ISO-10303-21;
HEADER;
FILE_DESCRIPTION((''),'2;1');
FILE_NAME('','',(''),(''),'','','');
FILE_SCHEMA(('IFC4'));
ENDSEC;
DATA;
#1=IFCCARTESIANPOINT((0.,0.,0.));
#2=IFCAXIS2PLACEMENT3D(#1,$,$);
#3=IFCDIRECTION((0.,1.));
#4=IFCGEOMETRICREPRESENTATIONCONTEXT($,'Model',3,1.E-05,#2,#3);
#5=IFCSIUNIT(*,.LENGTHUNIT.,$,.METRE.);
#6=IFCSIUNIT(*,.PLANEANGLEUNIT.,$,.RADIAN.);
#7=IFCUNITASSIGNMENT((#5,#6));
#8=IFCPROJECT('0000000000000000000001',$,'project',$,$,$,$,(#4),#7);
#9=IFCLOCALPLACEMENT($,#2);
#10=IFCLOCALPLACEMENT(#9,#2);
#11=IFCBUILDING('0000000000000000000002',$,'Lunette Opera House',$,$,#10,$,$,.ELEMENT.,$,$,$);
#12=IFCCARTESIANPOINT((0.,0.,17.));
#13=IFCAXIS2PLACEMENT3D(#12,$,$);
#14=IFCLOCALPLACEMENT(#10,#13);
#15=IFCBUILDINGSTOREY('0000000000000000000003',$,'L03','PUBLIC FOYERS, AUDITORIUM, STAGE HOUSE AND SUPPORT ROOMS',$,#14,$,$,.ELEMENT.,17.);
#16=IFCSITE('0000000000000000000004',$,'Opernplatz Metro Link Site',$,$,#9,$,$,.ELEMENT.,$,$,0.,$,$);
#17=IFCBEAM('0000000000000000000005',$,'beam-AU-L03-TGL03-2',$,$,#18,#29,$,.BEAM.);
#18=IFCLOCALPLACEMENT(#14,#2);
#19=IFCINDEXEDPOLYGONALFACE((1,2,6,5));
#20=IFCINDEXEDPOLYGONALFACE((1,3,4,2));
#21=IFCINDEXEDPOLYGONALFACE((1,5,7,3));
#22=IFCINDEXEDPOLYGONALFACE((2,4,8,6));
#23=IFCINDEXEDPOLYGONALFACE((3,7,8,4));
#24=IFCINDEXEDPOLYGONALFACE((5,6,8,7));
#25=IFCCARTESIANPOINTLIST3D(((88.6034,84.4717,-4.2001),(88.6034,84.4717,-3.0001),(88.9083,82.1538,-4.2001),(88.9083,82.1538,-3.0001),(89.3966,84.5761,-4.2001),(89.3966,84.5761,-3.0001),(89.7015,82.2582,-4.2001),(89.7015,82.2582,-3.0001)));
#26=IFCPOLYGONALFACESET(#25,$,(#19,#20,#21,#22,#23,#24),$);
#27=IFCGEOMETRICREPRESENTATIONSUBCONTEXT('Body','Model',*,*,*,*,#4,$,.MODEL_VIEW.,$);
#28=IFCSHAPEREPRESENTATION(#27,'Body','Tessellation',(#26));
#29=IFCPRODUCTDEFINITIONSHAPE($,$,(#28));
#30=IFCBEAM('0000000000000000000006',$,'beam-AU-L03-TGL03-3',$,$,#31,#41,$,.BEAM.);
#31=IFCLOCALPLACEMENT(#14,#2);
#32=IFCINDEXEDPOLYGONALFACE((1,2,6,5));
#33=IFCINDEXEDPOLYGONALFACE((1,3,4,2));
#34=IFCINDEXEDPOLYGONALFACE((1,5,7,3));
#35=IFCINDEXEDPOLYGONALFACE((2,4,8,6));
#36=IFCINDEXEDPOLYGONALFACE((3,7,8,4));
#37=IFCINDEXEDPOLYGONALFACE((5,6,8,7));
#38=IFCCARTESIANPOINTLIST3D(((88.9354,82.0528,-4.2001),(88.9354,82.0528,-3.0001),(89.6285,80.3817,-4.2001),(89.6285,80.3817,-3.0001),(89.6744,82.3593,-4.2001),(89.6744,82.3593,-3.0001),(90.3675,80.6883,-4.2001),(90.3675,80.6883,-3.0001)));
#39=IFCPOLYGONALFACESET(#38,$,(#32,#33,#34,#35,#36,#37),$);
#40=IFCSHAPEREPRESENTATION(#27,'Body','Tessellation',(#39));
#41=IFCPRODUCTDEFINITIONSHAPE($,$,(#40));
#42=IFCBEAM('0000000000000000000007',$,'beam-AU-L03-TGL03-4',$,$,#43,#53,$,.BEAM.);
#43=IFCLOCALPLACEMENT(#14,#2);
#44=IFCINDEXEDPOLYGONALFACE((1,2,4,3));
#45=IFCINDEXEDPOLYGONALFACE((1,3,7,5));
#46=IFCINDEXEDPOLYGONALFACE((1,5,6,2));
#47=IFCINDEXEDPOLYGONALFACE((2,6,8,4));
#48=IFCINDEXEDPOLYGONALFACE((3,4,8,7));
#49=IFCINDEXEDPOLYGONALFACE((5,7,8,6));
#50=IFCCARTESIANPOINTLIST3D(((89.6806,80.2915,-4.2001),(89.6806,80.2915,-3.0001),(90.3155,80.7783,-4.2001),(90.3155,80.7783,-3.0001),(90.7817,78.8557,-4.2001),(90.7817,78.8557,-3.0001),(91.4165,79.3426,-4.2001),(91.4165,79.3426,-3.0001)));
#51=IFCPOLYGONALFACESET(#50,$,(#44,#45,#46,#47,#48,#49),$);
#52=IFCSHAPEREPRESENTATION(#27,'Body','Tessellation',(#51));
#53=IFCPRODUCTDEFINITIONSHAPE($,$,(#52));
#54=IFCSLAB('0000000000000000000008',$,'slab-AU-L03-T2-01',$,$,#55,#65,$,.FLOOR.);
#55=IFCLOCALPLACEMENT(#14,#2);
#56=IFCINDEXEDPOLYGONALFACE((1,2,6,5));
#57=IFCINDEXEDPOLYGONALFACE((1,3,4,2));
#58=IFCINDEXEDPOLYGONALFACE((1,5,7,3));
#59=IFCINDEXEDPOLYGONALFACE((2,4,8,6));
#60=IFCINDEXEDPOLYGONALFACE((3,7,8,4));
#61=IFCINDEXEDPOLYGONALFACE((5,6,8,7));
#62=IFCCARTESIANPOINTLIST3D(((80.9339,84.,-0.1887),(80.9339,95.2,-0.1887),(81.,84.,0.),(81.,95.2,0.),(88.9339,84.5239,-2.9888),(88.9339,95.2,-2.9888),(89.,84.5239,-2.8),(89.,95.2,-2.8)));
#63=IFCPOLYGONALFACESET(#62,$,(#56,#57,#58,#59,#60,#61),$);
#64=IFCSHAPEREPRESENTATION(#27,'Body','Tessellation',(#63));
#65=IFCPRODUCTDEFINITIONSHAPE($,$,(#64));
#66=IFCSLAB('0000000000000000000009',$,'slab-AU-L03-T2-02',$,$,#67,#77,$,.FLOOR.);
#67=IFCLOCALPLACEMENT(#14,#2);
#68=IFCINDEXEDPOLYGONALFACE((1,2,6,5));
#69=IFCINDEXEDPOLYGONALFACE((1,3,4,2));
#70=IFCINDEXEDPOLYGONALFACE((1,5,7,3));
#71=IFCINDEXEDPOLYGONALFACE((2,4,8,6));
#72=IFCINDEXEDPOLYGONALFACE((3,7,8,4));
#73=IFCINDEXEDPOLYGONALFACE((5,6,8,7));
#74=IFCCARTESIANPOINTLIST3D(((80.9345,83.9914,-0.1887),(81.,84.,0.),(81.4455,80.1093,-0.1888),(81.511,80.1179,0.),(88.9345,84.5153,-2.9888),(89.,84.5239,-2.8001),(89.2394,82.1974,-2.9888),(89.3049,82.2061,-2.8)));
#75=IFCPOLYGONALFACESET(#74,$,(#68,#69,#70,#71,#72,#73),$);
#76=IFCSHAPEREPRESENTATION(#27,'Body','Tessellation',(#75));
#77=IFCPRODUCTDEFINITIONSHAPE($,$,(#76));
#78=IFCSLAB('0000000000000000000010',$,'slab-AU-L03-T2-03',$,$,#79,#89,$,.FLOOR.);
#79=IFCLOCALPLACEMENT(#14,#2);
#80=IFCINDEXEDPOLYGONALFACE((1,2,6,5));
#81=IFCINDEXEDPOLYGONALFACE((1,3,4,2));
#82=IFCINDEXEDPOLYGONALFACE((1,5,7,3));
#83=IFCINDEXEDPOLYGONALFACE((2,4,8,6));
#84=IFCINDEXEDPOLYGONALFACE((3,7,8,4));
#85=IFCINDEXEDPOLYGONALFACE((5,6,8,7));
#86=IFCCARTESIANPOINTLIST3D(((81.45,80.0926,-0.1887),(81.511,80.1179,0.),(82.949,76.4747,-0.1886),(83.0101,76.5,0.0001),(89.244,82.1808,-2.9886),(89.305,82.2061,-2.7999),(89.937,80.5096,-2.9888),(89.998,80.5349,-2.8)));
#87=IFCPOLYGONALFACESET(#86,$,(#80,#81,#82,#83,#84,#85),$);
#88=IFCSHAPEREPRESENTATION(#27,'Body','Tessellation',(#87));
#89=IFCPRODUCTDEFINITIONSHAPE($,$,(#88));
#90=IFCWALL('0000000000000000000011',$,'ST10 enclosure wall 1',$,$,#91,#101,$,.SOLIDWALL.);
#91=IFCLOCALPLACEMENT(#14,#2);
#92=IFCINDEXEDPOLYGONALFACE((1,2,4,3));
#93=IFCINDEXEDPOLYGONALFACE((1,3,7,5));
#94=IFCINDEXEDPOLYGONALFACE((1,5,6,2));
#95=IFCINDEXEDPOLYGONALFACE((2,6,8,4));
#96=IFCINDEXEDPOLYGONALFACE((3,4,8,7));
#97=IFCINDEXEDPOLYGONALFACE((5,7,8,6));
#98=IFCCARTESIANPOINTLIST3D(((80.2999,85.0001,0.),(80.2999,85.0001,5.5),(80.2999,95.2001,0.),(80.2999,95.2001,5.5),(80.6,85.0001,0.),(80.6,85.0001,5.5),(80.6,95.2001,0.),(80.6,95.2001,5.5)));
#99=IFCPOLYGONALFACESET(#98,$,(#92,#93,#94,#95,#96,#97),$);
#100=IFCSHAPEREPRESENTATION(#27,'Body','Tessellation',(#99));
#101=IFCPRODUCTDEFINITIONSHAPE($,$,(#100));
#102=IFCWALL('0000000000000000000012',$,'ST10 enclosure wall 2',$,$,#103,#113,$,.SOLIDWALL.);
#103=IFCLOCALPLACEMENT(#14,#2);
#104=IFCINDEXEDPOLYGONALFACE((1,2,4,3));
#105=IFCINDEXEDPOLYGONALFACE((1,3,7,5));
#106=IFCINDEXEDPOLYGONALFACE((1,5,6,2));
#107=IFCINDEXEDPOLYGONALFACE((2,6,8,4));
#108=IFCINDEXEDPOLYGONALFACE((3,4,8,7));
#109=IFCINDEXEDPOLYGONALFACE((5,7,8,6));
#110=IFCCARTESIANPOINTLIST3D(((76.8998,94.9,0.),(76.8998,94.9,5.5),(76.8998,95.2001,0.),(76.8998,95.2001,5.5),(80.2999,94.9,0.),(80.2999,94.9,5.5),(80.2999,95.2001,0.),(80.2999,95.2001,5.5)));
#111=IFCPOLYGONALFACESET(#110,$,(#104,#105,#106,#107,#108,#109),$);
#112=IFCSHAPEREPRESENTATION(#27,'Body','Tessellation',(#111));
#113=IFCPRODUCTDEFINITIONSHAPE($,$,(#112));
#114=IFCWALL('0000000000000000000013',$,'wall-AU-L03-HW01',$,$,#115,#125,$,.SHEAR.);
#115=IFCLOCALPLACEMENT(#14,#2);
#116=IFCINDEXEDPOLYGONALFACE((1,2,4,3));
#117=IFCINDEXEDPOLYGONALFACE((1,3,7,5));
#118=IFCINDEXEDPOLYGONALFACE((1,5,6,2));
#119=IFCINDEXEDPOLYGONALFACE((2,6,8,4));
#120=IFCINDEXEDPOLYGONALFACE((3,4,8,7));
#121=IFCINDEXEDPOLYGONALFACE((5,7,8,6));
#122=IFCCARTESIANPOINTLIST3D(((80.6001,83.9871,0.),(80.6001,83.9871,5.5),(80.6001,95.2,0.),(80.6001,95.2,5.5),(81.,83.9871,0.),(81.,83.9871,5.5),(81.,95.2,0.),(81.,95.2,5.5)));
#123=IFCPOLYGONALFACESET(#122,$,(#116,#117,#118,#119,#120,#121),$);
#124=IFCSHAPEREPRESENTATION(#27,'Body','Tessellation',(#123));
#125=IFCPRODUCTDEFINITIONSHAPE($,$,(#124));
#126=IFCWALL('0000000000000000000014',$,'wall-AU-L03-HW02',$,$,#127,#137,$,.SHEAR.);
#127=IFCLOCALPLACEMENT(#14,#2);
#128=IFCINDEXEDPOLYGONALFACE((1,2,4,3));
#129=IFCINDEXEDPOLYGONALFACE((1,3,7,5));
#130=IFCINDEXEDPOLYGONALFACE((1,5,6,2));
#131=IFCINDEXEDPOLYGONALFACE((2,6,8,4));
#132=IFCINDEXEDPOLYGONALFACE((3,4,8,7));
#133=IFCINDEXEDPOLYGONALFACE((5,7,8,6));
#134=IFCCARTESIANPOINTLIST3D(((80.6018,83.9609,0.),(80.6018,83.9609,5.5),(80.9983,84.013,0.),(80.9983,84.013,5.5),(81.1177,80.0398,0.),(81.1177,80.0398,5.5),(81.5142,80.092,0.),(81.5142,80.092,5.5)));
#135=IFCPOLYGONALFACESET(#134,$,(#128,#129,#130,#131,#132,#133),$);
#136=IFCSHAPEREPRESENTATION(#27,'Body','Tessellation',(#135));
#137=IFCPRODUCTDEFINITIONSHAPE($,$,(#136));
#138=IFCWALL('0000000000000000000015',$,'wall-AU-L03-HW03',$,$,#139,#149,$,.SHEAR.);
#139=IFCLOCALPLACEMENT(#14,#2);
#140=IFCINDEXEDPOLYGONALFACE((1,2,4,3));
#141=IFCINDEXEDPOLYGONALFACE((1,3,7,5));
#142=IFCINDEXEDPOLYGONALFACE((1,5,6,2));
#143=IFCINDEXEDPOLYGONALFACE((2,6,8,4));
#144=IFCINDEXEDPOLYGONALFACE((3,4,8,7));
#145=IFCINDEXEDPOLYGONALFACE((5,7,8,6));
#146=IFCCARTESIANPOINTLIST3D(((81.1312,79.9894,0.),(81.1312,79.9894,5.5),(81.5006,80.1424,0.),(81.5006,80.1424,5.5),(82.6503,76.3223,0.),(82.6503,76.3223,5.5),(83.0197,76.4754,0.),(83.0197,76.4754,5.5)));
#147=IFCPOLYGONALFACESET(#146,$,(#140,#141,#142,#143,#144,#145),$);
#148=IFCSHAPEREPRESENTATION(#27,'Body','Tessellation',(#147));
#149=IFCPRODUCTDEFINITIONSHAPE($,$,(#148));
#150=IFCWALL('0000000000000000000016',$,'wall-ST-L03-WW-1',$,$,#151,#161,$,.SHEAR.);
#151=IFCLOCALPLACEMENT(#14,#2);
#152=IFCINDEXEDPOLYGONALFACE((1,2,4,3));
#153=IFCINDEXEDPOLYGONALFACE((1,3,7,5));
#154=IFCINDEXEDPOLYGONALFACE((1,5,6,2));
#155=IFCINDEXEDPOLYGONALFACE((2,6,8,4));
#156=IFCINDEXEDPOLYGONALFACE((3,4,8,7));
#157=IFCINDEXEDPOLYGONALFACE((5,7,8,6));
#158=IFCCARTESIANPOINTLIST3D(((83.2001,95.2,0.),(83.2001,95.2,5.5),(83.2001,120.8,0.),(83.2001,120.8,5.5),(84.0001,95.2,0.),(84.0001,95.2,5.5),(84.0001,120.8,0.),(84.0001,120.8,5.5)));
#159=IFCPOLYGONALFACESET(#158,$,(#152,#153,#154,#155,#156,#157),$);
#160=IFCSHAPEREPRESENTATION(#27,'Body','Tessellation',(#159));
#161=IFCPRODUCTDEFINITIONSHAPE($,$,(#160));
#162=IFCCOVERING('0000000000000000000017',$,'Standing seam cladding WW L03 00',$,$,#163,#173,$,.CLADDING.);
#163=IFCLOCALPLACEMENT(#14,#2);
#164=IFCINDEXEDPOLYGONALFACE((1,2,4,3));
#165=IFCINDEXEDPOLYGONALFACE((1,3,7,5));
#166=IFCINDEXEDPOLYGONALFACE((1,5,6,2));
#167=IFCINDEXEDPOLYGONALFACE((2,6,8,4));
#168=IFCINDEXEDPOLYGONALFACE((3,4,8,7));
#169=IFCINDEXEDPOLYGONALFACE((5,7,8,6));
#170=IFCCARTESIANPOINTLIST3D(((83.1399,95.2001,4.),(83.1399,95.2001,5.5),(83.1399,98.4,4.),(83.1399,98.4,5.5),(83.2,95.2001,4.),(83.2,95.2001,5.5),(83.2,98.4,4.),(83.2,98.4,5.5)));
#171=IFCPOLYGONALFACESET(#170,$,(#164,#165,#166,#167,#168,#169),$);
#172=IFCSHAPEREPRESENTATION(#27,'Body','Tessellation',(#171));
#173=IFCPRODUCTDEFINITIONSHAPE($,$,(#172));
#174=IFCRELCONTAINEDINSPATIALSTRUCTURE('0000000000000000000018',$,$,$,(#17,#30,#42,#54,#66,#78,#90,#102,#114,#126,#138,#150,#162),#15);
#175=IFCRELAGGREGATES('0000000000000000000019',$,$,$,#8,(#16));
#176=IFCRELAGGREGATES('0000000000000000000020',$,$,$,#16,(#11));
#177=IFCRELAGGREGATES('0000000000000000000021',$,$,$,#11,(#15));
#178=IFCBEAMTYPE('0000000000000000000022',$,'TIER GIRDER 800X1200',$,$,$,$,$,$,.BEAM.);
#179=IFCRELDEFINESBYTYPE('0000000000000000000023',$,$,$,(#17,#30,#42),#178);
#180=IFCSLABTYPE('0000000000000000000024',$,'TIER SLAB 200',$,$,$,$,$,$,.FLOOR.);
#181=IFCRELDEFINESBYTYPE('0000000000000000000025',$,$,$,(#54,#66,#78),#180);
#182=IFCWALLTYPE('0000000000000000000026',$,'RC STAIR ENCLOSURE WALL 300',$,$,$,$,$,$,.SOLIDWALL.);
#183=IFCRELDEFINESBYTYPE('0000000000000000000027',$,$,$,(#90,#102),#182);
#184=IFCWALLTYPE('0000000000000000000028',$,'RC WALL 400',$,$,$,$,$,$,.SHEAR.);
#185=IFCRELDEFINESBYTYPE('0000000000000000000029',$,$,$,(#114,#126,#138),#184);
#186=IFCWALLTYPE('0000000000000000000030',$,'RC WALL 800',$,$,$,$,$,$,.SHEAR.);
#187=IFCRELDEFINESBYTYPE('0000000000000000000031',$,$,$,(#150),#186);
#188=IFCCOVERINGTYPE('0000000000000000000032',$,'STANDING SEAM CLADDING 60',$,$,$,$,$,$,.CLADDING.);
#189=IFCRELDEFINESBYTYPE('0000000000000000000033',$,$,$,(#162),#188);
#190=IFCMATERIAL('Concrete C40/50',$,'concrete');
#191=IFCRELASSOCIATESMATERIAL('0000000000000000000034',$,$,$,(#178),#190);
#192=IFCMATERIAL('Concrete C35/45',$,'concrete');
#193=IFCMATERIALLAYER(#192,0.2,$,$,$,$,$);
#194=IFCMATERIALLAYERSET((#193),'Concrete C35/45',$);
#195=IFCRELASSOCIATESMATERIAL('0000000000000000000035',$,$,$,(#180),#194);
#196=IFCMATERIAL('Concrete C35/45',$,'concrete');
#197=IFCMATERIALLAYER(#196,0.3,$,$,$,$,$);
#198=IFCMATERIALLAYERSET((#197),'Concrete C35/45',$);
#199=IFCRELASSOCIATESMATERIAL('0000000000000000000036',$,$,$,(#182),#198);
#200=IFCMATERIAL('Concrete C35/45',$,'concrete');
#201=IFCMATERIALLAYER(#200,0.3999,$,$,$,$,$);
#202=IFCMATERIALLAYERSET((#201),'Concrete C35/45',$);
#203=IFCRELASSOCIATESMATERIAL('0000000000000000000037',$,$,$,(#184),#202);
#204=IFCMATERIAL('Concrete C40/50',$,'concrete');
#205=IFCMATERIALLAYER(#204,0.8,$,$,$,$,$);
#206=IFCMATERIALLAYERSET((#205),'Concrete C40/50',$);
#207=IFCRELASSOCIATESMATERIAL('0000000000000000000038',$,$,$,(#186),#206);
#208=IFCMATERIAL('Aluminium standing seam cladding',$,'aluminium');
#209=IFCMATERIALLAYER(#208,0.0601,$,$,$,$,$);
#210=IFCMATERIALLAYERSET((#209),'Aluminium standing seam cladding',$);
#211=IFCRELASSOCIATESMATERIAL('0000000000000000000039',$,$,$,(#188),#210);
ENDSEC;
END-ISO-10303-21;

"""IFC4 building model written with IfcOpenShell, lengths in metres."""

from ifc_helpers import new_model, si_unit, direction, frame, frame_2d, origin, origin_2d, place, context, subcontext, project, spatial, polyline, rectangle, outline, extrude, material, layer, layer_set, material_profile, profile_set, type_object, element, save


model = new_model("IFC4")

# Units and contexts
model_context = context("Model", 3, precision=1e-05, world=origin(), true_north=direction((0.0, 1.0)))
body_context = subcontext(model_context, "Body", "Model", "MODEL_VIEW")
ifc_project = project(units=[si_unit("LENGTHUNIT", "METRE"), si_unit("PLANEANGLEUNIT", "RADIAN")], contexts=[model_context])

# Site, building, storey
site_placement = place(None, origin())
site = spatial("IfcSite", under=ifc_project, at=site_placement, Name="Opernplatz Metro Link Site", CompositionType="ELEMENT", RefElevation=0.0)
building_placement = place(site_placement, origin())
building = spatial("IfcBuilding", under=site, at=building_placement, Name="Lunette Opera House", CompositionType="ELEMENT")
storey_placement = place(building_placement, frame((0.0, 0.0, 17.0)))
storey = spatial("IfcBuildingStorey", under=building, at=storey_placement, Name="L03", Description="PUBLIC FOYERS, AUDITORIUM, STAGE HOUSE AND SUPPORT ROOMS", CompositionType="ELEMENT", Elevation=17.0)

# Beams
ifc_material_1 = material(Name="Concrete C40/50", Category="concrete")
ifc_material_profile_1 = material_profile(ifc_material_1, rectangle(XDim=0.8, YDim=1.2, at=origin_2d()), Name="TIER GIRDER 800X1200")
ifc_profile_set_1 = profile_set([ifc_material_profile_1], Name="Concrete C40/50")
beam_type_1 = type_object("IfcBeamType", Name="TIER GIRDER 800X1200", PredefinedType="BEAM", material=ifc_profile_set_1)
beam_1_placement = place(storey_placement, frame((89.0, 84.5239, -3.6001), z_axis=(0.130433, -0.991457, 0.0), x_axis=(0.991457, 0.130433, 0.0)))
element("IfcBeam", 1, at=beam_1_placement, inside=storey, type_object=beam_type_1, Name="beam-AU-L03-TGL03-2", PredefinedType="BEAM", context=body_context, shape_type="SweptSolid", body=[
    extrude(rectangle(XDim=0.8, YDim=1.2, at=origin_2d()), origin(), (0.0, 0.0, 1.0), 2.3379),
])
beam_2_placement = place(storey_placement, frame((89.3049, 82.2061, -3.6001), z_axis=(0.383111, -0.923703, 0.0), x_axis=(0.923703, 0.383111, 0.0)))
element("IfcBeam", 2, at=beam_2_placement, inside=storey, type_object=beam_type_1, Name="beam-AU-L03-TGL03-3", PredefinedType="BEAM", context=body_context, shape_type="SweptSolid", body=[
    extrude(rectangle(XDim=0.8, YDim=1.2, at=origin_2d()), origin(), (0.0, 0.0, 1.0), 1.8091),
])
beam_3_placement = place(storey_placement, frame((89.998, 80.5349, -3.6001), z_axis=(0.608536, -0.793526, 0.0), x_axis=(0.793526, 0.608536, 0.0)))
element("IfcBeam", 3, at=beam_3_placement, inside=storey, type_object=beam_type_1, Name="beam-AU-L03-TGL03-4", PredefinedType="BEAM", context=body_context, shape_type="SweptSolid", body=[
    extrude(rectangle(XDim=0.8, YDim=1.2, at=origin_2d()), origin(), (0.0, 0.0, 1.0), 1.8093),
])

# Slabs
ifc_material_2 = material(Name="Concrete C35/45", Category="concrete")
ifc_layer_1 = layer(ifc_material_2, 0.2)
ifc_layer_set_1 = layer_set([ifc_layer_1], Name="Concrete C35/45")
slab_type = type_object("IfcSlabType", Name="TIER SLAB 200", PredefinedType="FLOOR", material=ifc_layer_set_1)
slab_1_placement = place(storey_placement, frame((81.0, 95.2, 0.0), z_axis=(0.330356, 0.0, 0.943857), x_axis=(0.0, -1.0, 0.0)))
element("IfcSlab", 4, at=slab_1_placement, inside=storey, type_object=slab_type, Name="slab-AU-L03-T2-01", PredefinedType="FLOOR", context=body_context, shape_type="SweptSolid", body=[
    extrude(outline(polyline([(0.0, 0.0), (11.2, 0.0), (10.676, 8.4759), (0.0, 8.4759), (0.0, 0.0)])), origin(), (0.0, 0.0, -1.0), 0.2),
])
slab_2_placement = place(storey_placement, frame((81.0, 84.0, 0.0), z_axis=(0.327536, 0.043104, 0.943855), x_axis=(0.130498, -0.991449, -0.000008)))
element("IfcSlab", 5, at=slab_2_placement, inside=storey, type_object=slab_type, Name="slab-AU-L03-T2-02", PredefinedType="FLOOR", context=body_context, shape_type="SweptSolid", body=[
    extrude(outline(polyline([(0.0, 0.0), (3.9156, 0.0), (2.8624, 8.4757), (0.5246, 8.4758), (0.0, 0.0)])), origin(), (0.0, 0.0, -1.0), 0.2),
])
slab_3_placement = place(storey_placement, frame((81.511, 80.1179, 0.0), z_axis=(0.305182, 0.126488, 0.943856), x_axis=(0.382789, -0.923836, 0.000036)))
element("IfcSlab", 6, at=slab_3_placement, inside=storey, type_object=slab_type, Name="slab-AU-L03-T2-03", PredefinedType="FLOOR", context=body_context, shape_type="SweptSolid", body=[
    extrude(outline(polyline([(0.0, 0.0), (3.9162, 0.0), (2.8634, 8.4762), (1.0542, 8.4755), (0.0, 0.0)])), origin(), (0.0, 0.0, -1.0), 0.2),
])

# Walls
ifc_material_3 = material(Name="Concrete C35/45", Category="concrete")
ifc_layer_2 = layer(ifc_material_3, 0.3)
ifc_layer_set_2 = layer_set([ifc_layer_2], Name="Concrete C35/45")
wall_type_1 = type_object("IfcWallType", Name="RC STAIR ENCLOSURE WALL 300", PredefinedType="SOLIDWALL", material=ifc_layer_set_2)
wall_1_placement = place(storey_placement, frame((80.45, 85.0, 0.0), z_axis=(0.0, 0.0, 1.0), x_axis=(0.0, 1.0, 0.0)))
element("IfcWall", 7, at=wall_1_placement, inside=storey, type_object=wall_type_1, Name="ST10 enclosure wall 1", PredefinedType="SOLIDWALL", context=body_context, shape_type="SweptSolid", body=[
    extrude(rectangle(XDim=10.2, YDim=0.3, at=frame_2d((5.1001, 0.0))), origin(), (0.0, 0.0, 1.0), 5.5),
])
wall_2_placement = place(storey_placement, frame((80.3, 95.05, 0.0), z_axis=(0.0, 0.0, 1.0), x_axis=(-1.0, 0.0, 0.0)))
element("IfcWall", 8, at=wall_2_placement, inside=storey, type_object=wall_type_1, Name="ST10 enclosure wall 2", PredefinedType="SOLIDWALL", context=body_context, shape_type="SweptSolid", body=[
    extrude(rectangle(XDim=3.4001, YDim=0.3, at=frame_2d((1.7002, 0.0))), origin(), (0.0, 0.0, 1.0), 5.5),
])
ifc_material_4 = material(Name="Concrete C35/45", Category="concrete")
ifc_layer_3 = layer(ifc_material_4, 0.3999)
ifc_layer_set_3 = layer_set([ifc_layer_3], Name="Concrete C35/45")
wall_type_2 = type_object("IfcWallType", Name="RC WALL 400", PredefinedType="SHEAR", material=ifc_layer_set_3)
wall_3_placement = place(storey_placement, frame((80.8, 95.2, 0.0), z_axis=(0.0, 0.0, 1.0), x_axis=(0.0, -1.0, 0.0)))
element("IfcWall", 9, at=wall_3_placement, inside=storey, type_object=wall_type_2, Name="wall-AU-L03-HW01", PredefinedType="SHEAR", context=body_context, shape_type="SweptSolid", body=[
    extrude(rectangle(XDim=11.2129, YDim=0.3999, at=frame_2d((5.6064, 0.0))), origin(), (0.0, 0.0, 1.0), 5.5),
])
wall_4_placement = place(storey_placement, frame((80.8, 83.9871, 0.0), z_axis=(0.0, 0.0, 1.0), x_axis=(0.130437, -0.991457, 0.0)))
element("IfcWall", 10, at=wall_4_placement, inside=storey, type_object=wall_type_2, Name="wall-AU-L03-HW02", PredefinedType="SHEAR", context=body_context, shape_type="SweptSolid", body=[
    extrude(rectangle(XDim=3.9548, YDim=0.3999, at=frame_2d((1.9775, 0.0))), origin(), (0.0, 0.0, 1.0), 5.5),
])
wall_5_placement = place(storey_placement, frame((81.3159, 80.0659, 0.0), z_axis=(0.0, 0.0, 1.0), x_axis=(0.38271, -0.923868, 0.0)))
element("IfcWall", 11, at=wall_5_placement, inside=storey, type_object=wall_type_2, Name="wall-AU-L03-HW03", PredefinedType="SHEAR", context=body_context, shape_type="SweptSolid", body=[
    extrude(rectangle(XDim=3.9692, YDim=0.3999, at=frame_2d((1.9846, 0.0))), origin(), (0.0, 0.0, 1.0), 5.5),
])
ifc_material_5 = material(Name="Concrete C40/50", Category="concrete")
ifc_layer_4 = layer(ifc_material_5, 0.8)
ifc_layer_set_4 = layer_set([ifc_layer_4], Name="Concrete C40/50")
wall_type_3 = type_object("IfcWallType", Name="RC WALL 800", PredefinedType="SHEAR", material=ifc_layer_set_4)
wall_6_placement = place(storey_placement, frame((83.6001, 95.2, 0.0), z_axis=(0.0, 0.0, 1.0), x_axis=(0.0, 1.0, 0.0)))
element("IfcWall", 12, at=wall_6_placement, inside=storey, type_object=wall_type_3, Name="wall-ST-L03-WW-1", PredefinedType="SHEAR", context=body_context, shape_type="SweptSolid", body=[
    extrude(rectangle(XDim=25.6001, YDim=0.8, at=frame_2d((12.8, 0.0))), origin(), (0.0, 0.0, 1.0), 5.5),
])

# Covering
ifc_material_6 = material(Name="Aluminium standing seam cladding", Category="aluminium")
ifc_layer_5 = layer(ifc_material_6, 0.0601)
ifc_layer_set_5 = layer_set([ifc_layer_5], Name="Aluminium standing seam cladding")
covering_type = type_object("IfcCoveringType", Name="STANDING SEAM CLADDING 60", PredefinedType="CLADDING", material=ifc_layer_set_5)
covering_placement = place(storey_placement, frame((83.1699, 96.8, 4.0), z_axis=(0.0, 0.0, 1.0), x_axis=(0.0, 1.0, 0.0)))
element("IfcCovering", 13, at=covering_placement, inside=storey, type_object=covering_type, Name="Standing seam cladding WW L03 00", PredefinedType="CLADDING", context=body_context, shape_type="SweptSolid", body=[
    extrude(rectangle(XDim=3.2, YDim=0.0601, at=origin_2d()), origin(), (0.0, 0.0, 1.0), 1.5),
])

save(model, "model.ifc")
